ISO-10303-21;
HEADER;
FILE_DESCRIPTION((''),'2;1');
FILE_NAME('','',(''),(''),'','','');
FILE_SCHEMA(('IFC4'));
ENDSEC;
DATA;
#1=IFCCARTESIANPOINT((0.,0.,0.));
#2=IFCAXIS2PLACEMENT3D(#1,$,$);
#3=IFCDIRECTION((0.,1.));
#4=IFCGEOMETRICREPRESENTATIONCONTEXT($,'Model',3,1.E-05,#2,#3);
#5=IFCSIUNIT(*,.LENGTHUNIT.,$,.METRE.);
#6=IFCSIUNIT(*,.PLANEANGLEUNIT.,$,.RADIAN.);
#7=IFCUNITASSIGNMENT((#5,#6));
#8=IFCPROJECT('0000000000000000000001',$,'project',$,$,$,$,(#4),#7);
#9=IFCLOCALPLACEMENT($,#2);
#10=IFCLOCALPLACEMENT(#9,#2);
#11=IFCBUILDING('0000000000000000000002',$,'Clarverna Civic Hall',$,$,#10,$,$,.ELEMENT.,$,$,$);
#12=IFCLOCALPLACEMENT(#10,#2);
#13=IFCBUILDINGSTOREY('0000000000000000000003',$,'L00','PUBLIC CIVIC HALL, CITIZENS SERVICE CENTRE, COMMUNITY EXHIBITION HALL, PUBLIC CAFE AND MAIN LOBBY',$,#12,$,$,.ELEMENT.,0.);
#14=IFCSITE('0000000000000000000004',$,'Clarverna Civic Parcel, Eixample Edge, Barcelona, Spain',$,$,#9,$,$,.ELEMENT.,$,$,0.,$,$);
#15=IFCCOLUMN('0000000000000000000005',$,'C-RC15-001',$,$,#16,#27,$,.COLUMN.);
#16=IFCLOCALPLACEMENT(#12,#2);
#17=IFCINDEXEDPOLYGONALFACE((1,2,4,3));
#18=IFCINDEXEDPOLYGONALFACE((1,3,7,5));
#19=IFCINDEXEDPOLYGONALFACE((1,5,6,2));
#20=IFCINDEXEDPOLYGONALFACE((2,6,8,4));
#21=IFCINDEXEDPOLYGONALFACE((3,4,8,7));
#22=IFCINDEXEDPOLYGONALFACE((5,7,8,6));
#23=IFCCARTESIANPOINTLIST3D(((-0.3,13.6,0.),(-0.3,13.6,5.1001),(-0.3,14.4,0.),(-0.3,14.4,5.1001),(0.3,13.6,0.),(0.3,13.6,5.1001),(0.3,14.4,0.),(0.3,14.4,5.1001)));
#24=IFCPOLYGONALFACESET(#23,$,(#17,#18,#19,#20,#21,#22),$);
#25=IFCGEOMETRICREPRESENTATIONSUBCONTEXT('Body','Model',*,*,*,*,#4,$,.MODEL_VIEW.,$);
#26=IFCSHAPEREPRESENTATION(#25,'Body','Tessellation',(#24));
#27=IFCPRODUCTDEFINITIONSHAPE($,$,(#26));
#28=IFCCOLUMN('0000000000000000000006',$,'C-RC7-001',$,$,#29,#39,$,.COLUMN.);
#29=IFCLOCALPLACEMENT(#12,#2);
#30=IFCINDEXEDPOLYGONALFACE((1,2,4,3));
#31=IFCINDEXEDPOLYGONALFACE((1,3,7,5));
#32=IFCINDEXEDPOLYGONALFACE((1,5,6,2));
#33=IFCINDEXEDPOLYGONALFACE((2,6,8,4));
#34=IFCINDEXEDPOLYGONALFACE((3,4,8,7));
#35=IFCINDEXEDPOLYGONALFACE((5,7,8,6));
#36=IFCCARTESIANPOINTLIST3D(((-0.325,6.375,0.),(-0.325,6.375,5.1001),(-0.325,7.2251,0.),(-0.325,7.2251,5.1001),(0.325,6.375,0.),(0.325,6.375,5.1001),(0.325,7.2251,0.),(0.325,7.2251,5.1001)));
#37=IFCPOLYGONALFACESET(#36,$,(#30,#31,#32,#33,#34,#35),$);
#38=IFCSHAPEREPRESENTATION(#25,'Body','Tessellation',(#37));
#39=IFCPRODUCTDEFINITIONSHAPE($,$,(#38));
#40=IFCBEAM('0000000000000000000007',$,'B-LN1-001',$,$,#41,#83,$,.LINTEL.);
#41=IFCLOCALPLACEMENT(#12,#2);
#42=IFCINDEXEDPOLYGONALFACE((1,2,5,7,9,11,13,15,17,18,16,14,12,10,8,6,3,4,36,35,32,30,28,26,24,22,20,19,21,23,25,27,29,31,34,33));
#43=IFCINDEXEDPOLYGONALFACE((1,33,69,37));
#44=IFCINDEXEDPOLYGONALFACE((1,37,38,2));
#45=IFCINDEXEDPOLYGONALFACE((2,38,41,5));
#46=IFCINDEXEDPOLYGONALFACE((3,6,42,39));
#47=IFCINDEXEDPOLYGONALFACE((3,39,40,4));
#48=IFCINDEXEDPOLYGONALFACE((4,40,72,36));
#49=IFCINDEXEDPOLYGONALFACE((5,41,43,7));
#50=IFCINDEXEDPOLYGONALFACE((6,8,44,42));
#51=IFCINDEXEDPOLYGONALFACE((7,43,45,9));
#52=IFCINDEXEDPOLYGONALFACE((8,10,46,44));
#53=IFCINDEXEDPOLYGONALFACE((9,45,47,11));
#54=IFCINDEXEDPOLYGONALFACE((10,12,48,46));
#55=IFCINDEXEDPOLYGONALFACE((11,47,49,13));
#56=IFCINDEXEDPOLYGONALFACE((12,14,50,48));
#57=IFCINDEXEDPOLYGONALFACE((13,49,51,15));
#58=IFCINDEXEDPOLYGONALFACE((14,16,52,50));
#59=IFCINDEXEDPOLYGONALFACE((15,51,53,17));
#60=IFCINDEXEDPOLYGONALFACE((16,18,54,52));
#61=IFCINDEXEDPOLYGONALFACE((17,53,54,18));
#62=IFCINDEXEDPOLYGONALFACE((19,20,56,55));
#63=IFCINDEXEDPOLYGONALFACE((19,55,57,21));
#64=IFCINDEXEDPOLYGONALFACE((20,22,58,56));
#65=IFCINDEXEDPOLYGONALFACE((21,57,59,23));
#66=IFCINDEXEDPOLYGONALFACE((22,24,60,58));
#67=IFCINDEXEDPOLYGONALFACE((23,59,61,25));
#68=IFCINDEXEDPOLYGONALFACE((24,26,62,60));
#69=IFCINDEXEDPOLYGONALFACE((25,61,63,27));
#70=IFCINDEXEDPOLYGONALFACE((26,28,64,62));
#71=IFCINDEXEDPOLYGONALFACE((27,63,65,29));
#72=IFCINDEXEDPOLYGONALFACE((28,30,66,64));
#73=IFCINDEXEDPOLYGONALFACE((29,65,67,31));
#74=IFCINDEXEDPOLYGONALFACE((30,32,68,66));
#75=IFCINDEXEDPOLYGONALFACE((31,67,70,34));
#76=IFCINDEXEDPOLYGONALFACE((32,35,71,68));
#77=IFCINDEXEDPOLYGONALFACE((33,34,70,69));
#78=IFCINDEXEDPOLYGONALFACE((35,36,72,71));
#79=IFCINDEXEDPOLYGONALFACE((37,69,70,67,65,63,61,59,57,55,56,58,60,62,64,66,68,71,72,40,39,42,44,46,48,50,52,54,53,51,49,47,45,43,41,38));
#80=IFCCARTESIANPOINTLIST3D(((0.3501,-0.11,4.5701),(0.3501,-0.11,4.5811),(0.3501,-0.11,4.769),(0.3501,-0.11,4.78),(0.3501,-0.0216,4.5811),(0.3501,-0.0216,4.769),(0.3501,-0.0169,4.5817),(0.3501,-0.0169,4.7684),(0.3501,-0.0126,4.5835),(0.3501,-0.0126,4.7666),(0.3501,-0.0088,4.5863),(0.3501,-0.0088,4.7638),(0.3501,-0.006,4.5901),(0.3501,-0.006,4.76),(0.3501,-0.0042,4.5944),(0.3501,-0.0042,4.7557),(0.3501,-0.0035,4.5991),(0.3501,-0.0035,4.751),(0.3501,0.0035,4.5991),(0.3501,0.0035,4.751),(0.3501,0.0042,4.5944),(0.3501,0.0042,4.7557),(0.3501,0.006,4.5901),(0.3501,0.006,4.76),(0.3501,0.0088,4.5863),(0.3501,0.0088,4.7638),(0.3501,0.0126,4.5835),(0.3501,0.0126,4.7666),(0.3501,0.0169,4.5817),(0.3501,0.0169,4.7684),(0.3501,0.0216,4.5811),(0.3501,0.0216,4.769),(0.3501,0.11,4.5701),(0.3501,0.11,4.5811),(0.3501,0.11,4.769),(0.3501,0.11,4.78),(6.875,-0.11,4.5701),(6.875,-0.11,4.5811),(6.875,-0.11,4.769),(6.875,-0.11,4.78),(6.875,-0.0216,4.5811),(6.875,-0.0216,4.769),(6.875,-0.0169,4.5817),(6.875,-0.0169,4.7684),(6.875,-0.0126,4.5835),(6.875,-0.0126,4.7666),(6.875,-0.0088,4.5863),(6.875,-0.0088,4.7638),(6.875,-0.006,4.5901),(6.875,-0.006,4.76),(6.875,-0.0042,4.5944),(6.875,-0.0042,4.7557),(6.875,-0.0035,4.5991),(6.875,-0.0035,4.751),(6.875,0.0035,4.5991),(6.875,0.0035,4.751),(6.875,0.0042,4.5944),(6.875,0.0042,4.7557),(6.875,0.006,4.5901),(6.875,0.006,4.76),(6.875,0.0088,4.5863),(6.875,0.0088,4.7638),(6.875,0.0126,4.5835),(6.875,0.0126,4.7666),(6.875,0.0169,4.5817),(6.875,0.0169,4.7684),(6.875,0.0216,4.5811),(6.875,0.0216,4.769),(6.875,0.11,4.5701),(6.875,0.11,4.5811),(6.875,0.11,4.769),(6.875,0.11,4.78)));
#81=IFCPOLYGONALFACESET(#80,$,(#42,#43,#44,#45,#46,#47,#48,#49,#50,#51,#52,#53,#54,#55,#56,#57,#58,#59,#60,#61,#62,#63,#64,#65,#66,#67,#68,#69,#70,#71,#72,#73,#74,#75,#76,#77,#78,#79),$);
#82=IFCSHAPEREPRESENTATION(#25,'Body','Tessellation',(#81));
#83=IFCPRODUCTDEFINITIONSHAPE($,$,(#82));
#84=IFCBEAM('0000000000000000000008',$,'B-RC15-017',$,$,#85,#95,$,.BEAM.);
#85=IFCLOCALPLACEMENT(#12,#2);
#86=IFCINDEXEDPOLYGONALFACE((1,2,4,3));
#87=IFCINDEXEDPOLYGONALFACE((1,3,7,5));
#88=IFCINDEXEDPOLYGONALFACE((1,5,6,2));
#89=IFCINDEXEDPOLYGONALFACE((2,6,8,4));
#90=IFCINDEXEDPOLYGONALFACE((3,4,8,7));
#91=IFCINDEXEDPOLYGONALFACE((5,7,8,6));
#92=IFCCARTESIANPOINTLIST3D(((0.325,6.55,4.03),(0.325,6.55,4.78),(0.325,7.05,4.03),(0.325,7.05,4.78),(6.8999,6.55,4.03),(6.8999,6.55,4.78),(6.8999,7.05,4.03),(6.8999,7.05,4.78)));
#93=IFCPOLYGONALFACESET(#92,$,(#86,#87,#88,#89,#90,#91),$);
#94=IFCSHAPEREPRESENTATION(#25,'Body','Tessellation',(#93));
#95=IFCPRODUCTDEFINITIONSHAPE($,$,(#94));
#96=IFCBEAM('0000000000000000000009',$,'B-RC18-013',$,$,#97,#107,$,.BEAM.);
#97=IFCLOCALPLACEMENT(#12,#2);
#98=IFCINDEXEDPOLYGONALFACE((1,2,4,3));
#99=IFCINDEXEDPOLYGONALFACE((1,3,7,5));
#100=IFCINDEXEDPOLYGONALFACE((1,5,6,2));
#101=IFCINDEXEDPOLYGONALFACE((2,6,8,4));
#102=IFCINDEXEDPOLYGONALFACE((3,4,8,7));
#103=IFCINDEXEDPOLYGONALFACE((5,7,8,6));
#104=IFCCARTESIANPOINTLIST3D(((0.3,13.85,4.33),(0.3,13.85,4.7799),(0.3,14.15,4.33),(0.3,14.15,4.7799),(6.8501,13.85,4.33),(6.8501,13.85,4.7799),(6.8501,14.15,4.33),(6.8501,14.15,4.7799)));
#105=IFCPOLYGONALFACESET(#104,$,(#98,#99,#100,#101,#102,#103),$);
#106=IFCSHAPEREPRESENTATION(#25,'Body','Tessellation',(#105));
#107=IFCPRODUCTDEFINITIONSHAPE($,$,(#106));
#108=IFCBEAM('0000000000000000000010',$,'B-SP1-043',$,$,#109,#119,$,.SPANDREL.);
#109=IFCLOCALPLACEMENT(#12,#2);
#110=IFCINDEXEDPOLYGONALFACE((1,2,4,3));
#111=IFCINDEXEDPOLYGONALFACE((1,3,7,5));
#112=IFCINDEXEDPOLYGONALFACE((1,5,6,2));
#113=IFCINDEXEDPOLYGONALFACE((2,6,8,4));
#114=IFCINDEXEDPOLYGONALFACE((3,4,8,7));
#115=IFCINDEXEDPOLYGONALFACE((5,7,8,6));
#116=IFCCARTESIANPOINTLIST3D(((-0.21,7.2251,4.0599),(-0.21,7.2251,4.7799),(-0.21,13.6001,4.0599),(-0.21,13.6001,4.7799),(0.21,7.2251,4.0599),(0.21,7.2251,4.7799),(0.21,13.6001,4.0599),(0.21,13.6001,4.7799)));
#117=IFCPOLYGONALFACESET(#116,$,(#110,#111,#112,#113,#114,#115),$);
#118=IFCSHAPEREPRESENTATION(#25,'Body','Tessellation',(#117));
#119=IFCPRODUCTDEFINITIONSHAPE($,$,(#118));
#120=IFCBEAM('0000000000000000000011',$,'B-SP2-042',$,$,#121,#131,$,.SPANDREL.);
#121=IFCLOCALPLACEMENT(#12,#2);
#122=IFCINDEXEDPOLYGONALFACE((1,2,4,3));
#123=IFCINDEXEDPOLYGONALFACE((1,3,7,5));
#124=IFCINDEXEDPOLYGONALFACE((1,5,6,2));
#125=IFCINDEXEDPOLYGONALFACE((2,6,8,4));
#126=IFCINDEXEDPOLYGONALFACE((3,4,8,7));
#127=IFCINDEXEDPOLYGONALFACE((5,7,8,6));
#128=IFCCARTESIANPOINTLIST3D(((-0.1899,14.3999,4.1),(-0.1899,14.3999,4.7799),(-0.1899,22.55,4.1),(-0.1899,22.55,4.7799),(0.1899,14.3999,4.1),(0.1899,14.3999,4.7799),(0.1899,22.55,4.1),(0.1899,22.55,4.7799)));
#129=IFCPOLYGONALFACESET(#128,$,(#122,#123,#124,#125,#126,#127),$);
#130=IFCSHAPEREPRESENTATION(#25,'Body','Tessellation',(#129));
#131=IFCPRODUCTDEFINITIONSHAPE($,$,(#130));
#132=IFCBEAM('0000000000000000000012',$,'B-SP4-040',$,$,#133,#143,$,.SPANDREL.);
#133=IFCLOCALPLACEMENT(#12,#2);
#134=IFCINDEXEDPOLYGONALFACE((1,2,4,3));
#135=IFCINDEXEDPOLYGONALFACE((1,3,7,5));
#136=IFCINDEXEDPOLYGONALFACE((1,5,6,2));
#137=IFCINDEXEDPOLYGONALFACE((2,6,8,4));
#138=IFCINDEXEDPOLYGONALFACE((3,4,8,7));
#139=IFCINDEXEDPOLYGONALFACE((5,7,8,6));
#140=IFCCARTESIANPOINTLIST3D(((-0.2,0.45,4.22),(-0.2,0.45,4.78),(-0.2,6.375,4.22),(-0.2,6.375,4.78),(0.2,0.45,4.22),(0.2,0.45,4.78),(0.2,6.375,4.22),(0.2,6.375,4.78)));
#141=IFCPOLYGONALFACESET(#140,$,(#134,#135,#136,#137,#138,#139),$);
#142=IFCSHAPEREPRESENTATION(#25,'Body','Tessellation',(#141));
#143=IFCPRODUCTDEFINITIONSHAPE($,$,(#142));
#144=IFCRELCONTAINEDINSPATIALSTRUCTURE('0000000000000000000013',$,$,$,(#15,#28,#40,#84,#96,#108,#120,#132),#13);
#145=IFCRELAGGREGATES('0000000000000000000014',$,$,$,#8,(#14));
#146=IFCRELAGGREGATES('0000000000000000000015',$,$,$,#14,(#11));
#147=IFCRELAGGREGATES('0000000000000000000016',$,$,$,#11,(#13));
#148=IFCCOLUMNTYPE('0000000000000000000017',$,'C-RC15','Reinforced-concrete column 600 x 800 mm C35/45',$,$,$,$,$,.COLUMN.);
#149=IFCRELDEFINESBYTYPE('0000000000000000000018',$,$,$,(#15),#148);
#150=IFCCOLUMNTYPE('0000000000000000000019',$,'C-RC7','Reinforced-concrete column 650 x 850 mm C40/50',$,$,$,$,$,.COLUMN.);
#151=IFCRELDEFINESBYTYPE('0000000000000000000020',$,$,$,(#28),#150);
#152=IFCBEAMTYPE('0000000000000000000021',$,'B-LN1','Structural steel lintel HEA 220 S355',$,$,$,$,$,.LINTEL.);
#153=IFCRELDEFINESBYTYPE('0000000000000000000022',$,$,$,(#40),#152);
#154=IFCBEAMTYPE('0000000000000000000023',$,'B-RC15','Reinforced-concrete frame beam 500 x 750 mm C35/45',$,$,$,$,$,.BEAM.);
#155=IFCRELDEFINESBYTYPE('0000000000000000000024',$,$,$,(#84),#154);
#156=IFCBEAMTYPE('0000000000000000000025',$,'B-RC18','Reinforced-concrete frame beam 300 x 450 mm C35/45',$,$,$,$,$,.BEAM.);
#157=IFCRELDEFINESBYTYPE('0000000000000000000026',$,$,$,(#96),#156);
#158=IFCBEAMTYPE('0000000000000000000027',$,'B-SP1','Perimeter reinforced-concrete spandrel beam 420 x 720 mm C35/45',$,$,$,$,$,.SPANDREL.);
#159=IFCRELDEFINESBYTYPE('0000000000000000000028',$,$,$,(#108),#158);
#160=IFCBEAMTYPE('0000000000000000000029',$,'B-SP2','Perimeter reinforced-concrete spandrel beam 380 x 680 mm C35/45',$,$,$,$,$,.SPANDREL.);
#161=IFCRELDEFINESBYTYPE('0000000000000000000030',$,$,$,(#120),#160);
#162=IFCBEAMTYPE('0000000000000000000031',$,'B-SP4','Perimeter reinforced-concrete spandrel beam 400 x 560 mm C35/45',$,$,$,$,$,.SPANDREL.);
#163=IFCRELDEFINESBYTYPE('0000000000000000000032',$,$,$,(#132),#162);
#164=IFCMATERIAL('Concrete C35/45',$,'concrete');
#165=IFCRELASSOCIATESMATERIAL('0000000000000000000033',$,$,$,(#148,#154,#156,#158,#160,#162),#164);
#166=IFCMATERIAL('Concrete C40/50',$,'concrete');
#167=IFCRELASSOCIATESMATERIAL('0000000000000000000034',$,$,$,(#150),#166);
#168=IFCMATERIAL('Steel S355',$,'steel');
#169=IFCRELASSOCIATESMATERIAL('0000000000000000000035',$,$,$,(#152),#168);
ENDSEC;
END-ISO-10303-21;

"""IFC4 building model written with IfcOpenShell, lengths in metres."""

from ifc_helpers import new_model, si_unit, direction, frame, origin, origin_2d, place, context, subcontext, project, spatial, rectangle, i_section, extrude, material, material_profile, profile_set, type_object, element, save


model = new_model("IFC4")

# Units and contexts
model_context = context("Model", 3, precision=1e-05, world=origin(), true_north=direction((0.0, 1.0)))
body_context = subcontext(model_context, "Body", "Model", "MODEL_VIEW")
ifc_project = project(units=[si_unit("LENGTHUNIT", "METRE"), si_unit("PLANEANGLEUNIT", "RADIAN")], contexts=[model_context])

# Site, building, storey
site_placement = place(None, origin())
site = spatial("IfcSite", under=ifc_project, at=site_placement, Name="Clarverna Civic Parcel, Eixample Edge, Barcelona, Spain", CompositionType="ELEMENT", RefElevation=0.0)
building_placement = place(site_placement, origin())
building = spatial("IfcBuilding", under=site, at=building_placement, Name="Clarverna Civic Hall", CompositionType="ELEMENT")
storey_placement = place(building_placement, origin())
storey = spatial("IfcBuildingStorey", under=building, at=storey_placement, Name="L00", Description="PUBLIC CIVIC HALL, CITIZENS SERVICE CENTRE, COMMUNITY EXHIBITION HALL, PUBLIC CAFE AND MAIN LOBBY", CompositionType="ELEMENT", Elevation=0.0)

# Columns
ifc_material_1 = material(Name="Concrete C35/45", Category="concrete")
ifc_material_profile_1 = material_profile(ifc_material_1, rectangle(XDim=0.6001, YDim=0.8, at=origin_2d()), Name="RC 600x800")
ifc_profile_set_1 = profile_set([ifc_material_profile_1], Name="Concrete C35/45")
column_type_1 = type_object("IfcColumnType", Name="C-RC15", Description="Reinforced-concrete column 600 x 800 mm C35/45", PredefinedType="COLUMN", material=ifc_profile_set_1)
column_1_placement = place(storey_placement, frame((0.0, 14.0, 0.0), z_axis=(0.0, 0.0, 1.0), x_axis=(1.0, 0.0, 0.0)))
element("IfcColumn", 1, at=column_1_placement, inside=storey, type_object=column_type_1, Name="C-RC15-001", PredefinedType="COLUMN", context=body_context, shape_type="SweptSolid", body=[
    extrude(rectangle(XDim=0.6001, YDim=0.8, at=origin_2d()), origin(), (0.0, 0.0, 1.0), 5.1001),
])
ifc_material_2 = material(Name="Concrete C40/50", Category="concrete")
ifc_material_profile_2 = material_profile(ifc_material_2, rectangle(XDim=0.6499, YDim=0.8501, at=origin_2d()), Name="RC 650x850")
ifc_profile_set_2 = profile_set([ifc_material_profile_2], Name="Concrete C40/50")
column_type_2 = type_object("IfcColumnType", Name="C-RC7", Description="Reinforced-concrete column 650 x 850 mm C40/50", PredefinedType="COLUMN", material=ifc_profile_set_2)
column_2_placement = place(storey_placement, frame((0.0, 6.8, 0.0), z_axis=(0.0, 0.0, 1.0), x_axis=(1.0, 0.0, 0.0)))
element("IfcColumn", 2, at=column_2_placement, inside=storey, type_object=column_type_2, Name="C-RC7-001", PredefinedType="COLUMN", context=body_context, shape_type="SweptSolid", body=[
    extrude(rectangle(XDim=0.6499, YDim=0.8501, at=origin_2d()), origin(), (0.0, 0.0, 1.0), 5.1001),
])

# Beams
ifc_material_3 = material(Name="Steel S355", Category="steel")
ifc_material_profile_3 = material_profile(ifc_material_3, i_section(OverallWidth=0.22, OverallDepth=0.21, WebThickness=0.0071, FlangeThickness=0.011, FilletRadius=0.0181, at=origin_2d()), Name="HEA 220")
ifc_profile_set_3 = profile_set([ifc_material_profile_3], Name="Steel S355")
beam_type_1 = type_object("IfcBeamType", Name="B-LN1", Description="Structural steel lintel HEA 220 S355", PredefinedType="LINTEL", material=ifc_profile_set_3)
beam_1_placement = place(storey_placement, frame((0.3501, 0.0, 4.675), z_axis=(1.0, 0.0, 0.0), x_axis=(0.0, 1.0, 0.0)))
element("IfcBeam", 3, at=beam_1_placement, inside=storey, type_object=beam_type_1, Name="B-LN1-001", PredefinedType="LINTEL", context=body_context, shape_type="SweptSolid", body=[
    extrude(i_section(OverallWidth=0.22, OverallDepth=0.21, WebThickness=0.0071, FlangeThickness=0.011, FilletRadius=0.0181, at=origin_2d()), origin(), (0.0, 0.0, 1.0), 6.5249),
])
ifc_material_profile_4 = material_profile(ifc_material_1, rectangle(XDim=0.5, YDim=0.75, at=origin_2d()), Name="RC 500x750")
ifc_profile_set_4 = profile_set([ifc_material_profile_4], Name="Concrete C35/45")
beam_type_2 = type_object("IfcBeamType", Name="B-RC15", Description="Reinforced-concrete frame beam 500 x 750 mm C35/45", PredefinedType="BEAM", material=ifc_profile_set_4)
beam_2_placement = place(storey_placement, frame((0.325, 6.8, 4.405), z_axis=(1.0, 0.0, 0.0), x_axis=(0.0, 1.0, 0.0)))
element("IfcBeam", 4, at=beam_2_placement, inside=storey, type_object=beam_type_2, Name="B-RC15-017", PredefinedType="BEAM", context=body_context, shape_type="SweptSolid", body=[
    extrude(rectangle(XDim=0.5, YDim=0.75, at=origin_2d()), origin(), (0.0, 0.0, 1.0), 6.575),
])
ifc_material_profile_5 = material_profile(ifc_material_1, rectangle(XDim=0.3, YDim=0.45, at=origin_2d()), Name="RC 300x450")
ifc_profile_set_5 = profile_set([ifc_material_profile_5], Name="Concrete C35/45")
beam_type_3 = type_object("IfcBeamType", Name="B-RC18", Description="Reinforced-concrete frame beam 300 x 450 mm C35/45", PredefinedType="BEAM", material=ifc_profile_set_5)
beam_3_placement = place(storey_placement, frame((0.3, 14.0, 4.5549), z_axis=(1.0, 0.0, 0.0), x_axis=(0.0, 1.0, 0.0)))
element("IfcBeam", 5, at=beam_3_placement, inside=storey, type_object=beam_type_3, Name="B-RC18-013", PredefinedType="BEAM", context=body_context, shape_type="SweptSolid", body=[
    extrude(rectangle(XDim=0.3, YDim=0.45, at=origin_2d()), origin(), (0.0, 0.0, 1.0), 6.55),
])
ifc_material_profile_6 = material_profile(ifc_material_1, rectangle(XDim=0.4199, YDim=0.72, at=origin_2d()), Name="RC 420x720")
ifc_profile_set_6 = profile_set([ifc_material_profile_6], Name="Concrete C35/45")
beam_type_4 = type_object("IfcBeamType", Name="B-SP1", Description="Perimeter reinforced-concrete spandrel beam 420 x 720 mm C35/45", PredefinedType="SPANDREL", material=ifc_profile_set_6)
beam_4_placement = place(storey_placement, frame((0.0, 7.2251, 4.4199), z_axis=(0.0, 1.0, 0.0), x_axis=(-1.0, 0.0, 0.0)))
element("IfcBeam", 6, at=beam_4_placement, inside=storey, type_object=beam_type_4, Name="B-SP1-043", PredefinedType="SPANDREL", context=body_context, shape_type="SweptSolid", body=[
    extrude(rectangle(XDim=0.4199, YDim=0.72, at=origin_2d()), origin(), (0.0, 0.0, 1.0), 6.375),
])
ifc_material_profile_7 = material_profile(ifc_material_1, rectangle(XDim=0.3799, YDim=0.6799, at=origin_2d()), Name="RC 380x680")
ifc_profile_set_7 = profile_set([ifc_material_profile_7], Name="Concrete C35/45")
beam_type_5 = type_object("IfcBeamType", Name="B-SP2", Description="Perimeter reinforced-concrete spandrel beam 380 x 680 mm C35/45", PredefinedType="SPANDREL", material=ifc_profile_set_7)
beam_5_placement = place(storey_placement, frame((0.0, 14.3999, 4.4399), z_axis=(0.0, 1.0, 0.0), x_axis=(-1.0, 0.0, 0.0)))
element("IfcBeam", 7, at=beam_5_placement, inside=storey, type_object=beam_type_5, Name="B-SP2-042", PredefinedType="SPANDREL", context=body_context, shape_type="SweptSolid", body=[
    extrude(rectangle(XDim=0.3799, YDim=0.6799, at=origin_2d()), origin(), (0.0, 0.0, 1.0), 8.1501),
])
ifc_material_profile_8 = material_profile(ifc_material_1, rectangle(XDim=0.3999, YDim=0.5601, at=origin_2d()), Name="RC 400x560")
ifc_profile_set_8 = profile_set([ifc_material_profile_8], Name="Concrete C35/45")
beam_type_6 = type_object("IfcBeamType", Name="B-SP4", Description="Perimeter reinforced-concrete spandrel beam 400 x 560 mm C35/45", PredefinedType="SPANDREL", material=ifc_profile_set_8)
beam_6_placement = place(storey_placement, frame((0.0, 0.45, 4.5), z_axis=(0.0, 1.0, 0.0), x_axis=(-1.0, 0.0, 0.0)))
element("IfcBeam", 8, at=beam_6_placement, inside=storey, type_object=beam_type_6, Name="B-SP4-040", PredefinedType="SPANDREL", context=body_context, shape_type="SweptSolid", body=[
    extrude(rectangle(XDim=0.3999, YDim=0.5601, at=origin_2d()), origin(), (0.0, 0.0, 1.0), 5.925),
])

save(model, "model.ifc")
